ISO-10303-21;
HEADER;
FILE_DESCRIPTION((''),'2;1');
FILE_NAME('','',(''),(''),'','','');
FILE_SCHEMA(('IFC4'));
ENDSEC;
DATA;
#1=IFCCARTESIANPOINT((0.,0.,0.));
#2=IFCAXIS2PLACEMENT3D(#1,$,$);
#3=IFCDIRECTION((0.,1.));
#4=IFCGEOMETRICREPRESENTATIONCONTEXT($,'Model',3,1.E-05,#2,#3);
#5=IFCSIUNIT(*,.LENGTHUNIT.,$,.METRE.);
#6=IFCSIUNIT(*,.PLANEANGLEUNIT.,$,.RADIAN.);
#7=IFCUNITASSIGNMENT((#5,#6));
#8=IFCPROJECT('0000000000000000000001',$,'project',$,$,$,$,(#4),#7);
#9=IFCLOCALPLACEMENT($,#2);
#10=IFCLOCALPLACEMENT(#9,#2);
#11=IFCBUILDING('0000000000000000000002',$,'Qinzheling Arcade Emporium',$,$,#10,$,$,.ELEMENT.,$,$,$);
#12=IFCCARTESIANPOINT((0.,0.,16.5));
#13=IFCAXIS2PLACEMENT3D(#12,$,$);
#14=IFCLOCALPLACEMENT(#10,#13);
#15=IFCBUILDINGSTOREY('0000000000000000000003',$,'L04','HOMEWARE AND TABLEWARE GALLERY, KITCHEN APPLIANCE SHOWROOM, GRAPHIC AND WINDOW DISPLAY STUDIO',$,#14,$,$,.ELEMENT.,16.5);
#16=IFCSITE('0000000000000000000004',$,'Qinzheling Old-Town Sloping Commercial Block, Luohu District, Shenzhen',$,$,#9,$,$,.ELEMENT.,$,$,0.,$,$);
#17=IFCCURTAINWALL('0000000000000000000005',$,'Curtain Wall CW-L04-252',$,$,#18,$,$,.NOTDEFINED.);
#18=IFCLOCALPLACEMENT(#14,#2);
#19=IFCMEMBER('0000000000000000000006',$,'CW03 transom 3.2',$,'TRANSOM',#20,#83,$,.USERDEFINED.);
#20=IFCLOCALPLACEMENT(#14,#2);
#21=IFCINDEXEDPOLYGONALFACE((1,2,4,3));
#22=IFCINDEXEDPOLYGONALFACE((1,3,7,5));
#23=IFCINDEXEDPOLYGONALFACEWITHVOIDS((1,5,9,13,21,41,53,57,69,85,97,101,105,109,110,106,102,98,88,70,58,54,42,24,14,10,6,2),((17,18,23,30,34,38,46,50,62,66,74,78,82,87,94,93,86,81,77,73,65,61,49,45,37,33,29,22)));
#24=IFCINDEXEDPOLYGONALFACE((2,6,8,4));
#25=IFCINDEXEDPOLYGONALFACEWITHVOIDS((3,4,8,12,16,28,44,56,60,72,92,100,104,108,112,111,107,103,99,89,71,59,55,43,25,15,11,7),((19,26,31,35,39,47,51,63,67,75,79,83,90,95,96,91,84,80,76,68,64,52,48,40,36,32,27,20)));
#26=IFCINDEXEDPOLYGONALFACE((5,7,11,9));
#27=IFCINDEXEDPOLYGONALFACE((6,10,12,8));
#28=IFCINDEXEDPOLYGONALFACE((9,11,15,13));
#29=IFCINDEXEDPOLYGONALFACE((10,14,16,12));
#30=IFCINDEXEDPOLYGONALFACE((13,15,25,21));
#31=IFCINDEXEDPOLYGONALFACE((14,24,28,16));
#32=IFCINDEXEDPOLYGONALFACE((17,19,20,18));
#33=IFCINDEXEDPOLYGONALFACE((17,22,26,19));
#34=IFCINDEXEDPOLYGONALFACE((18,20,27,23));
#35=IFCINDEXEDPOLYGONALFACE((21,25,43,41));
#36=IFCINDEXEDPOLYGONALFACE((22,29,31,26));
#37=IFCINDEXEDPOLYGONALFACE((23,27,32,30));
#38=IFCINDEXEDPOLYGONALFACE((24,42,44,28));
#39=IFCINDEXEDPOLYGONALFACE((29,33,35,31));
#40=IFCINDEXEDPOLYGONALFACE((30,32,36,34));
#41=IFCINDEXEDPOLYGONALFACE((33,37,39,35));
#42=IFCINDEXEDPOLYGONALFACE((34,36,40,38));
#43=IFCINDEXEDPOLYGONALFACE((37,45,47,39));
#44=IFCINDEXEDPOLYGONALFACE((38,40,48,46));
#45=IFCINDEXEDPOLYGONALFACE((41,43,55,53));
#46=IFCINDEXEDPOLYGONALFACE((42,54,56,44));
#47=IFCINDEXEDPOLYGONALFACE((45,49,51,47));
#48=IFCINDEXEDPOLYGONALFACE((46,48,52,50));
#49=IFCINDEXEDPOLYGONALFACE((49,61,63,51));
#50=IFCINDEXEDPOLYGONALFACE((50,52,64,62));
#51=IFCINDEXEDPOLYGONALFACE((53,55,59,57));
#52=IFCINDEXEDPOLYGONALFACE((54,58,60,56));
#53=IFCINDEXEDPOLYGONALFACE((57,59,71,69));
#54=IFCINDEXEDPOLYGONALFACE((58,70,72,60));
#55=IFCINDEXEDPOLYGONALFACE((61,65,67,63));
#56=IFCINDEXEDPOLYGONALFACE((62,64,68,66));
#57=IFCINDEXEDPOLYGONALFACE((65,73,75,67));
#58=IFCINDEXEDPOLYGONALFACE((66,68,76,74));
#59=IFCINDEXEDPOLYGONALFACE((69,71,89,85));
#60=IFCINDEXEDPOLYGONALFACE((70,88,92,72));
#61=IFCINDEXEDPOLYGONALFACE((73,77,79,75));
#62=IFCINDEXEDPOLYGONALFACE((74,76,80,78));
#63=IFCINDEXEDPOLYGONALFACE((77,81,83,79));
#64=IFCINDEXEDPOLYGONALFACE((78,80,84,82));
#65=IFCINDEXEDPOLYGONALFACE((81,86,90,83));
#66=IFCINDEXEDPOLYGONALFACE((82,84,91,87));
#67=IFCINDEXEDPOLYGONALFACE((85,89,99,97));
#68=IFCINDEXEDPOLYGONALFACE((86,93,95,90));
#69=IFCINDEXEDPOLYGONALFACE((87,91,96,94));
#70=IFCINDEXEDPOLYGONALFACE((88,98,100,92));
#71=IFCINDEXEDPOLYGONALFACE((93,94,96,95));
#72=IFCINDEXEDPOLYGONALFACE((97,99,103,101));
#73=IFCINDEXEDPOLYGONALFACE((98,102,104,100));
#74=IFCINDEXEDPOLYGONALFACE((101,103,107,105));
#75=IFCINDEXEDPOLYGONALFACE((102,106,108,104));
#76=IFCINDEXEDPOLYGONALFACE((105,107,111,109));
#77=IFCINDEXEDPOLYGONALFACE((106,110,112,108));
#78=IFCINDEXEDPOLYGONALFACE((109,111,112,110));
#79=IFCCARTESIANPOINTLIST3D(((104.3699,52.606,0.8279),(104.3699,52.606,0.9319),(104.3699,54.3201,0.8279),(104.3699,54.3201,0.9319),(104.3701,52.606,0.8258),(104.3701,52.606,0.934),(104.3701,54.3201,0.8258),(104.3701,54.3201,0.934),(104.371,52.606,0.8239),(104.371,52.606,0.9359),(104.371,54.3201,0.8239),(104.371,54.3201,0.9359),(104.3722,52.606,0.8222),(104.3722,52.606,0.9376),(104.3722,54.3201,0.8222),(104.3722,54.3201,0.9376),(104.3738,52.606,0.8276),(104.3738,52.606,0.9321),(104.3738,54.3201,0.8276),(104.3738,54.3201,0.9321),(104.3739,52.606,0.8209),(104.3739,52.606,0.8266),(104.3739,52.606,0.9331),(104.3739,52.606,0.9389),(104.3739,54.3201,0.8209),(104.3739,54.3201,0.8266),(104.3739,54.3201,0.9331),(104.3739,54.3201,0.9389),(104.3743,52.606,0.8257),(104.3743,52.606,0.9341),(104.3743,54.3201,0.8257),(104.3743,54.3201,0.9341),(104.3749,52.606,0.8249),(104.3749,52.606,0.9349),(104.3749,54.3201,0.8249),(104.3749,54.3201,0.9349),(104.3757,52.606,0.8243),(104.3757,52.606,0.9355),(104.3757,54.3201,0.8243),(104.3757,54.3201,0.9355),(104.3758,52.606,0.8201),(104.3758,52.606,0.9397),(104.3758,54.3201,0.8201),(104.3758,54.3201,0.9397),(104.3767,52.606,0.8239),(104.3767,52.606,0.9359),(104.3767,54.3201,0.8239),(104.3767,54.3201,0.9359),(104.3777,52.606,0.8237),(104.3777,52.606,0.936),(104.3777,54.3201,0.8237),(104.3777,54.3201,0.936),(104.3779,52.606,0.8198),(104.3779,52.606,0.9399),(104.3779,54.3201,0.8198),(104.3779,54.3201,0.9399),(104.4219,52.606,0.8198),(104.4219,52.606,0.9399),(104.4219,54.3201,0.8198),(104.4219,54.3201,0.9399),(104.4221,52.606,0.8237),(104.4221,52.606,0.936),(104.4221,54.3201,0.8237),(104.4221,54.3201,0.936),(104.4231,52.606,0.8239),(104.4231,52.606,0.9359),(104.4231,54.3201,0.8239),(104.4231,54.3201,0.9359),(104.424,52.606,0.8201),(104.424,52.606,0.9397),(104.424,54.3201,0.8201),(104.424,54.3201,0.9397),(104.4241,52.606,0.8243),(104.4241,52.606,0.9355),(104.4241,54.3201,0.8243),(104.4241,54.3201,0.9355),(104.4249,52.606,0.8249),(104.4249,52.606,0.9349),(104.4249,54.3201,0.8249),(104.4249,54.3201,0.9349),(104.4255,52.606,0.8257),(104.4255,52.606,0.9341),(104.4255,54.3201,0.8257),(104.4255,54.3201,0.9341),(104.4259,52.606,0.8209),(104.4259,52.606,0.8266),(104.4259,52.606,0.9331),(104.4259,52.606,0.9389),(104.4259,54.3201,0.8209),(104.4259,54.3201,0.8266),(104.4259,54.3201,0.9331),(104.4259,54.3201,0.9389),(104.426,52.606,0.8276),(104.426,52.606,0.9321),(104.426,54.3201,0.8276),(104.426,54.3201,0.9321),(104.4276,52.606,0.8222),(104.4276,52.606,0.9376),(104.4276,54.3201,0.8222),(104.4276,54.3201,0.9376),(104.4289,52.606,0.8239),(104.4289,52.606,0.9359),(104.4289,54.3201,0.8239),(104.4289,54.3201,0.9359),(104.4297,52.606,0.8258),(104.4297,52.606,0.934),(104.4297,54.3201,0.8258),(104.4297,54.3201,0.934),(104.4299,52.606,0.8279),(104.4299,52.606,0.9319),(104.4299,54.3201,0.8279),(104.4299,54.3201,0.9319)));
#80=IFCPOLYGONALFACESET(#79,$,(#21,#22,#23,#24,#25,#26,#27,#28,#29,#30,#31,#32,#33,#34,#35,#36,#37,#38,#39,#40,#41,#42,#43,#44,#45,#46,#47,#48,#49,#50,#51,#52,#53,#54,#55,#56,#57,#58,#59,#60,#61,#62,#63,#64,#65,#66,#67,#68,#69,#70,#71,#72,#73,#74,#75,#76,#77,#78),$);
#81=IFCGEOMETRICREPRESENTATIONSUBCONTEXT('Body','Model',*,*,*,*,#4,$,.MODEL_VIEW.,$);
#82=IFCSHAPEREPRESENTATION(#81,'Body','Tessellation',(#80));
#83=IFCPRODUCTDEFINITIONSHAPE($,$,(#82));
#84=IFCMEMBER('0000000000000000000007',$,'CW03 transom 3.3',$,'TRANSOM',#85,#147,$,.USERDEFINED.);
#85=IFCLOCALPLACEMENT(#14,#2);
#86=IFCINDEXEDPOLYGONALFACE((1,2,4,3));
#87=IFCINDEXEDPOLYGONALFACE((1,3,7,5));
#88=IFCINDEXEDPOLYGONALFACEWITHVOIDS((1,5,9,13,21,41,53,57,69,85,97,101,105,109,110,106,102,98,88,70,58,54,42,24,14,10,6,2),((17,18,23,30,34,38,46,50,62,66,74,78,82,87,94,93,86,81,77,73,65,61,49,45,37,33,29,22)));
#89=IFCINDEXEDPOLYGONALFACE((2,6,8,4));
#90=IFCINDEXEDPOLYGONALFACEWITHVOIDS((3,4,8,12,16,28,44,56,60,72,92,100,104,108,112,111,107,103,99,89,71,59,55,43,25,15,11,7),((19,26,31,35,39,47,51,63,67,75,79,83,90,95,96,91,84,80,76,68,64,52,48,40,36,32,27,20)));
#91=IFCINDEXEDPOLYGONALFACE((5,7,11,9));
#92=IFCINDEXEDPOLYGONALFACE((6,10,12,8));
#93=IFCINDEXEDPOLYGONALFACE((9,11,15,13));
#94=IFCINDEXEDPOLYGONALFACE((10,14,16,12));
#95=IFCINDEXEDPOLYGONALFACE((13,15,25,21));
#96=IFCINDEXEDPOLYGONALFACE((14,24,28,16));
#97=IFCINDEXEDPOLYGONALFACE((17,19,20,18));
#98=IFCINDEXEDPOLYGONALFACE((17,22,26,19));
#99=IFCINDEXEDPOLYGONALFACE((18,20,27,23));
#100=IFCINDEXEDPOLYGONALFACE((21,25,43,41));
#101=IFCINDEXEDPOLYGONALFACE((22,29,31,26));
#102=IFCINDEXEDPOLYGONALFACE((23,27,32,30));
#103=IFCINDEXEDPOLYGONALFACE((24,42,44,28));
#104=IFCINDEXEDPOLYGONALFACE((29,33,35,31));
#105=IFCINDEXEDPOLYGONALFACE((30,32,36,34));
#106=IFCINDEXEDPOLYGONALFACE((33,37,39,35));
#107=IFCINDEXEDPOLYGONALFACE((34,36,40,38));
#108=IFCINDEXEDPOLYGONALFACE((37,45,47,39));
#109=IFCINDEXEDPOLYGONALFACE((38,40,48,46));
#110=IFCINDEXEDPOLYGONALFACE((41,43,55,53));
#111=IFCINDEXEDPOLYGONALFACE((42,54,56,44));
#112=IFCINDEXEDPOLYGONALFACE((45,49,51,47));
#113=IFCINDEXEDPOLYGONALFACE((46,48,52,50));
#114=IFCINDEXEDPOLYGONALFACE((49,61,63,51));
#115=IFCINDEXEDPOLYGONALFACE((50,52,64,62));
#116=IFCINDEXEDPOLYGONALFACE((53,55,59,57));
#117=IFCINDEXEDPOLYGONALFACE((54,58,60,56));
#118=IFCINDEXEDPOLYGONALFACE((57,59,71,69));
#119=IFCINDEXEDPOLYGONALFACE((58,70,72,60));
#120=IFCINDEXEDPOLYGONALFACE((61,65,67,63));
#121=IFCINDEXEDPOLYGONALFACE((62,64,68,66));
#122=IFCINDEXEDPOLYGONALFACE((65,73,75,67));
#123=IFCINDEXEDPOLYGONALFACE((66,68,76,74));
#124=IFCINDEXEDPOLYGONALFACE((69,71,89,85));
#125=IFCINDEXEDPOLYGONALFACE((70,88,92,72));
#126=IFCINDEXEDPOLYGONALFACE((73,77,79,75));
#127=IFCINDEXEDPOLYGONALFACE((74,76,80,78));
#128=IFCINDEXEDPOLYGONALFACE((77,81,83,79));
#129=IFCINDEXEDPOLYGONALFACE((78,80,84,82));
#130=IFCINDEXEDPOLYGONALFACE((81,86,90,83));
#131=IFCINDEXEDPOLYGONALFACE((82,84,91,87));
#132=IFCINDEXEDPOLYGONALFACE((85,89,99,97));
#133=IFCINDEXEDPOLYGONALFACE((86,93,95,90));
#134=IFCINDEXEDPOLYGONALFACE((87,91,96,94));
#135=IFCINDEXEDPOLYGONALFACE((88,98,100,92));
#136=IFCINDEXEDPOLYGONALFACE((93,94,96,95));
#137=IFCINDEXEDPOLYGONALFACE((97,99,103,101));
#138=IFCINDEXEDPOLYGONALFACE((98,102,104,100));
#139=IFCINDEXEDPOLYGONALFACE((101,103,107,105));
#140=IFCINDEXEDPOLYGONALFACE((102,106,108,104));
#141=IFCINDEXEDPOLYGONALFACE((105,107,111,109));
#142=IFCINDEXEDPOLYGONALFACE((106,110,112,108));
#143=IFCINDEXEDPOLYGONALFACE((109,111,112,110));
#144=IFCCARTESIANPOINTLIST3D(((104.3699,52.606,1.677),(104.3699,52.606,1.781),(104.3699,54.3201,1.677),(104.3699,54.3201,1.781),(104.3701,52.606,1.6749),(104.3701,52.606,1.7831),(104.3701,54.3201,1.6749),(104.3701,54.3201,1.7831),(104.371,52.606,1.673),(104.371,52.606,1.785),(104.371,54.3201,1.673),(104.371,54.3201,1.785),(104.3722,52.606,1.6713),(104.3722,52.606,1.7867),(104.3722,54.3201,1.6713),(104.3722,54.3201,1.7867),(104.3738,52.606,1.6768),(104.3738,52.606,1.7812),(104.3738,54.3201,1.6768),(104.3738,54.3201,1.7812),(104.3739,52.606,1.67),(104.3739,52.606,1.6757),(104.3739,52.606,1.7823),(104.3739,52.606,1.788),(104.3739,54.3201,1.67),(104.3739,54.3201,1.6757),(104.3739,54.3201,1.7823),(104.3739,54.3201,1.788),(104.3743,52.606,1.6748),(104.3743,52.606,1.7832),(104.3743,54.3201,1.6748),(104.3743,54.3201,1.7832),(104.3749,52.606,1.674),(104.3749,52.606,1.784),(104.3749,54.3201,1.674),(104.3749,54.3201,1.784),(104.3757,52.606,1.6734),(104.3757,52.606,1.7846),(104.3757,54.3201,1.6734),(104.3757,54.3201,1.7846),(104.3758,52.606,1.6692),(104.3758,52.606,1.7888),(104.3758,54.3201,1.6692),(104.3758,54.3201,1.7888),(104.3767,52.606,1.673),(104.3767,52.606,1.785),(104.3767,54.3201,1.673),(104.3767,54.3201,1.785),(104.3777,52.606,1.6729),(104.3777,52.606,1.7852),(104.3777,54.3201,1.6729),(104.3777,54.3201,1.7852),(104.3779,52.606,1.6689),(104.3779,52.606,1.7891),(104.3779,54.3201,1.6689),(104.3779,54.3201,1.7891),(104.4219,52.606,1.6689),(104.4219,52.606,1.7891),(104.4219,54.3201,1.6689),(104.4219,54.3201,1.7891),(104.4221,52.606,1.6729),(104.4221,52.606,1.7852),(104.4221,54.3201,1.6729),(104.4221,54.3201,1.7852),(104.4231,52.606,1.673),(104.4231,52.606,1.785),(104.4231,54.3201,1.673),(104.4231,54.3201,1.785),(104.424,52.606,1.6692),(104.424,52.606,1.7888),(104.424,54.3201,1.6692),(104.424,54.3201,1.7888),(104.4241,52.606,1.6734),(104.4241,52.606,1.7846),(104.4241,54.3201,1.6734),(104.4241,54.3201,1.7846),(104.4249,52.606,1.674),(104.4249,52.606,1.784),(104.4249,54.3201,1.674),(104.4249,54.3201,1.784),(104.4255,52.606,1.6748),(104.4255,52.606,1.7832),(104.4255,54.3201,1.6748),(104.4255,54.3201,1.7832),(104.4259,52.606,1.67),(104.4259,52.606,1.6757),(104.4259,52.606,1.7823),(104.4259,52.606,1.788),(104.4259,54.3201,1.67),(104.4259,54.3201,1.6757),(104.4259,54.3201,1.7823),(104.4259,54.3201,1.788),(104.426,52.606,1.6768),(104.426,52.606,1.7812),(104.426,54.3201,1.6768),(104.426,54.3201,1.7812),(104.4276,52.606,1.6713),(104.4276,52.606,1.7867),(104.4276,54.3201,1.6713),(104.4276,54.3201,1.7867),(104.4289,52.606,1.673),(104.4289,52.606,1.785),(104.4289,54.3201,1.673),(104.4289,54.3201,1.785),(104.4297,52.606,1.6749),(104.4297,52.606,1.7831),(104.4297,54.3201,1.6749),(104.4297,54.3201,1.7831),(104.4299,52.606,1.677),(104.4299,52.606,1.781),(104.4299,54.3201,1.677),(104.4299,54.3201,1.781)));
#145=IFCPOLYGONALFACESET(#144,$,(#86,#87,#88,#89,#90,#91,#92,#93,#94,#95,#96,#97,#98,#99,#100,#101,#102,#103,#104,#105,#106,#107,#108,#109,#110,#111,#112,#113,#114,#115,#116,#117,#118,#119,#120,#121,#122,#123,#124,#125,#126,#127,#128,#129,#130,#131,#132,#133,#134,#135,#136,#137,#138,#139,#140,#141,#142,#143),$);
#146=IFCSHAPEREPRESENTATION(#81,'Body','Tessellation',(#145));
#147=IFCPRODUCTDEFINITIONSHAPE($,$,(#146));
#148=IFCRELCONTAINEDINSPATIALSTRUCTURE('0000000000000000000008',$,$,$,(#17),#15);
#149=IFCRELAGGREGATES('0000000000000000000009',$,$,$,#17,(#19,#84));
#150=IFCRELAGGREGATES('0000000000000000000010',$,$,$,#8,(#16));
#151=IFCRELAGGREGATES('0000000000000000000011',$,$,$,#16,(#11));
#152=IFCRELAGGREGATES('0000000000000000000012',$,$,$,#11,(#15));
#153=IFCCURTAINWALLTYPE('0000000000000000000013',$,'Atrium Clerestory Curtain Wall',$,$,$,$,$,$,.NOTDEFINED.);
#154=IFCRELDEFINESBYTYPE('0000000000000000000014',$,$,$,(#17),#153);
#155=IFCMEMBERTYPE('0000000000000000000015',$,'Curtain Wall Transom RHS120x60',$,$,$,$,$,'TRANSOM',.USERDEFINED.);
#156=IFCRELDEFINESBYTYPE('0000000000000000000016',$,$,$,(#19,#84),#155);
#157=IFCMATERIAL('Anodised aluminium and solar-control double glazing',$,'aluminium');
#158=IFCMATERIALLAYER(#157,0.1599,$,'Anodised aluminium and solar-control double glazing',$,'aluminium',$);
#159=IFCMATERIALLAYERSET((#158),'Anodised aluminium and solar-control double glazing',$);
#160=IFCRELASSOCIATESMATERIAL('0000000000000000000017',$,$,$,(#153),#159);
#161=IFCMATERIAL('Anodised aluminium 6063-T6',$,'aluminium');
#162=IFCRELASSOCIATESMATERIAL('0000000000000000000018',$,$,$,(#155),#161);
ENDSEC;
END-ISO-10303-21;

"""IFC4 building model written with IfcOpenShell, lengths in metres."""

from ifc_helpers import new_model, si_unit, direction, frame, origin, origin_2d, place, context, subcontext, project, spatial, hollow_rectangle, extrude, material, layer, layer_set, material_profile, profile_set, type_object, element, aggregate, save


model = new_model("IFC4")

# Units and contexts
model_context = context("Model", 3, precision=1e-05, world=origin(), true_north=direction((0.0, 1.0)))
body_context = subcontext(model_context, "Body", "Model", "MODEL_VIEW")
ifc_project = project(units=[si_unit("LENGTHUNIT", "METRE"), si_unit("PLANEANGLEUNIT", "RADIAN")], contexts=[model_context])

# Site, building, storey
site_placement = place(None, origin())
site = spatial("IfcSite", under=ifc_project, at=site_placement, Name="Qinzheling Old-Town Sloping Commercial Block, Luohu District, Shenzhen", CompositionType="ELEMENT", RefElevation=0.0)
building_placement = place(site_placement, origin())
building = spatial("IfcBuilding", under=site, at=building_placement, Name="Qinzheling Arcade Emporium", CompositionType="ELEMENT")
storey_placement = place(building_placement, frame((0.0, 0.0, 16.5)))
storey = spatial("IfcBuildingStorey", under=building, at=storey_placement, Name="L04", Description="HOMEWARE AND TABLEWARE GALLERY, KITCHEN APPLIANCE SHOWROOM, GRAPHIC AND WINDOW DISPLAY STUDIO", CompositionType="ELEMENT", Elevation=16.5)

# Curtain wall, members
ifc_material_1 = material(Name="Anodised aluminium and solar-control double glazing", Category="aluminium")
ifc_layer_1 = layer(ifc_material_1, 0.1599, Name="Anodised aluminium and solar-control double glazing", Category="aluminium")
ifc_layer_set_1 = layer_set([ifc_layer_1], Name="Anodised aluminium and solar-control double glazing")
curtain_wall_type = type_object("IfcCurtainWallType", Name="Atrium Clerestory Curtain Wall", PredefinedType="NOTDEFINED", material=ifc_layer_set_1)
curtain_wall_placement = place(storey_placement, origin())
curtain_wall = element("IfcCurtainWall", 1, at=curtain_wall_placement, inside=storey, type_object=curtain_wall_type, Name="Curtain Wall CW-L04-252", PredefinedType="NOTDEFINED")
ifc_material_2 = material(Name="Anodised aluminium 6063-T6", Category="aluminium")
ifc_material_profile_1 = material_profile(ifc_material_2, hollow_rectangle(XDim=0.0601, YDim=0.1201, WallThickness=0.0039, InnerFilletRadius=0.0039, OuterFilletRadius=0.0081, at=origin_2d()), Name="RHS 120x60x4", Category="aluminium")
ifc_profile_set_1 = profile_set([ifc_material_profile_1], Name="Anodised aluminium 6063-T6")
member_type_1 = type_object("IfcMemberType", Name="Curtain Wall Transom RHS120x60", ElementType="TRANSOM", PredefinedType="USERDEFINED", material=ifc_profile_set_1)
member_1_placement = place(storey_placement, frame((104.3999, 54.3201, 0.8799), z_axis=(0.0, -1.0, 0.0), x_axis=(1.0, 0.0, 0.0)))
member_1 = element("IfcMember", 2, at=member_1_placement, type_object=member_type_1, Name="CW03 transom 3.2", ObjectType="TRANSOM", PredefinedType="USERDEFINED", context=body_context, shape_type="SweptSolid", body=[
    extrude(hollow_rectangle(XDim=0.0601, YDim=0.1201, WallThickness=0.0039, InnerFilletRadius=0.0039, OuterFilletRadius=0.0081, at=origin_2d()), origin(), (0.0, 0.0, 1.0), 1.7141),
])
member_2_placement = place(storey_placement, frame((104.3999, 54.3201, 1.729), z_axis=(0.0, -1.0, 0.0), x_axis=(1.0, 0.0, 0.0)))
member_2 = element("IfcMember", 3, at=member_2_placement, type_object=member_type_1, Name="CW03 transom 3.3", ObjectType="TRANSOM", PredefinedType="USERDEFINED", context=body_context, shape_type="SweptSolid", body=[
    extrude(hollow_rectangle(XDim=0.0601, YDim=0.1201, WallThickness=0.0039, InnerFilletRadius=0.0039, OuterFilletRadius=0.0081, at=origin_2d()), origin(), (0.0, 0.0, 1.0), 1.7141),
])

aggregate(curtain_wall, [member_1, member_2])

save(model, "model.ifc")
